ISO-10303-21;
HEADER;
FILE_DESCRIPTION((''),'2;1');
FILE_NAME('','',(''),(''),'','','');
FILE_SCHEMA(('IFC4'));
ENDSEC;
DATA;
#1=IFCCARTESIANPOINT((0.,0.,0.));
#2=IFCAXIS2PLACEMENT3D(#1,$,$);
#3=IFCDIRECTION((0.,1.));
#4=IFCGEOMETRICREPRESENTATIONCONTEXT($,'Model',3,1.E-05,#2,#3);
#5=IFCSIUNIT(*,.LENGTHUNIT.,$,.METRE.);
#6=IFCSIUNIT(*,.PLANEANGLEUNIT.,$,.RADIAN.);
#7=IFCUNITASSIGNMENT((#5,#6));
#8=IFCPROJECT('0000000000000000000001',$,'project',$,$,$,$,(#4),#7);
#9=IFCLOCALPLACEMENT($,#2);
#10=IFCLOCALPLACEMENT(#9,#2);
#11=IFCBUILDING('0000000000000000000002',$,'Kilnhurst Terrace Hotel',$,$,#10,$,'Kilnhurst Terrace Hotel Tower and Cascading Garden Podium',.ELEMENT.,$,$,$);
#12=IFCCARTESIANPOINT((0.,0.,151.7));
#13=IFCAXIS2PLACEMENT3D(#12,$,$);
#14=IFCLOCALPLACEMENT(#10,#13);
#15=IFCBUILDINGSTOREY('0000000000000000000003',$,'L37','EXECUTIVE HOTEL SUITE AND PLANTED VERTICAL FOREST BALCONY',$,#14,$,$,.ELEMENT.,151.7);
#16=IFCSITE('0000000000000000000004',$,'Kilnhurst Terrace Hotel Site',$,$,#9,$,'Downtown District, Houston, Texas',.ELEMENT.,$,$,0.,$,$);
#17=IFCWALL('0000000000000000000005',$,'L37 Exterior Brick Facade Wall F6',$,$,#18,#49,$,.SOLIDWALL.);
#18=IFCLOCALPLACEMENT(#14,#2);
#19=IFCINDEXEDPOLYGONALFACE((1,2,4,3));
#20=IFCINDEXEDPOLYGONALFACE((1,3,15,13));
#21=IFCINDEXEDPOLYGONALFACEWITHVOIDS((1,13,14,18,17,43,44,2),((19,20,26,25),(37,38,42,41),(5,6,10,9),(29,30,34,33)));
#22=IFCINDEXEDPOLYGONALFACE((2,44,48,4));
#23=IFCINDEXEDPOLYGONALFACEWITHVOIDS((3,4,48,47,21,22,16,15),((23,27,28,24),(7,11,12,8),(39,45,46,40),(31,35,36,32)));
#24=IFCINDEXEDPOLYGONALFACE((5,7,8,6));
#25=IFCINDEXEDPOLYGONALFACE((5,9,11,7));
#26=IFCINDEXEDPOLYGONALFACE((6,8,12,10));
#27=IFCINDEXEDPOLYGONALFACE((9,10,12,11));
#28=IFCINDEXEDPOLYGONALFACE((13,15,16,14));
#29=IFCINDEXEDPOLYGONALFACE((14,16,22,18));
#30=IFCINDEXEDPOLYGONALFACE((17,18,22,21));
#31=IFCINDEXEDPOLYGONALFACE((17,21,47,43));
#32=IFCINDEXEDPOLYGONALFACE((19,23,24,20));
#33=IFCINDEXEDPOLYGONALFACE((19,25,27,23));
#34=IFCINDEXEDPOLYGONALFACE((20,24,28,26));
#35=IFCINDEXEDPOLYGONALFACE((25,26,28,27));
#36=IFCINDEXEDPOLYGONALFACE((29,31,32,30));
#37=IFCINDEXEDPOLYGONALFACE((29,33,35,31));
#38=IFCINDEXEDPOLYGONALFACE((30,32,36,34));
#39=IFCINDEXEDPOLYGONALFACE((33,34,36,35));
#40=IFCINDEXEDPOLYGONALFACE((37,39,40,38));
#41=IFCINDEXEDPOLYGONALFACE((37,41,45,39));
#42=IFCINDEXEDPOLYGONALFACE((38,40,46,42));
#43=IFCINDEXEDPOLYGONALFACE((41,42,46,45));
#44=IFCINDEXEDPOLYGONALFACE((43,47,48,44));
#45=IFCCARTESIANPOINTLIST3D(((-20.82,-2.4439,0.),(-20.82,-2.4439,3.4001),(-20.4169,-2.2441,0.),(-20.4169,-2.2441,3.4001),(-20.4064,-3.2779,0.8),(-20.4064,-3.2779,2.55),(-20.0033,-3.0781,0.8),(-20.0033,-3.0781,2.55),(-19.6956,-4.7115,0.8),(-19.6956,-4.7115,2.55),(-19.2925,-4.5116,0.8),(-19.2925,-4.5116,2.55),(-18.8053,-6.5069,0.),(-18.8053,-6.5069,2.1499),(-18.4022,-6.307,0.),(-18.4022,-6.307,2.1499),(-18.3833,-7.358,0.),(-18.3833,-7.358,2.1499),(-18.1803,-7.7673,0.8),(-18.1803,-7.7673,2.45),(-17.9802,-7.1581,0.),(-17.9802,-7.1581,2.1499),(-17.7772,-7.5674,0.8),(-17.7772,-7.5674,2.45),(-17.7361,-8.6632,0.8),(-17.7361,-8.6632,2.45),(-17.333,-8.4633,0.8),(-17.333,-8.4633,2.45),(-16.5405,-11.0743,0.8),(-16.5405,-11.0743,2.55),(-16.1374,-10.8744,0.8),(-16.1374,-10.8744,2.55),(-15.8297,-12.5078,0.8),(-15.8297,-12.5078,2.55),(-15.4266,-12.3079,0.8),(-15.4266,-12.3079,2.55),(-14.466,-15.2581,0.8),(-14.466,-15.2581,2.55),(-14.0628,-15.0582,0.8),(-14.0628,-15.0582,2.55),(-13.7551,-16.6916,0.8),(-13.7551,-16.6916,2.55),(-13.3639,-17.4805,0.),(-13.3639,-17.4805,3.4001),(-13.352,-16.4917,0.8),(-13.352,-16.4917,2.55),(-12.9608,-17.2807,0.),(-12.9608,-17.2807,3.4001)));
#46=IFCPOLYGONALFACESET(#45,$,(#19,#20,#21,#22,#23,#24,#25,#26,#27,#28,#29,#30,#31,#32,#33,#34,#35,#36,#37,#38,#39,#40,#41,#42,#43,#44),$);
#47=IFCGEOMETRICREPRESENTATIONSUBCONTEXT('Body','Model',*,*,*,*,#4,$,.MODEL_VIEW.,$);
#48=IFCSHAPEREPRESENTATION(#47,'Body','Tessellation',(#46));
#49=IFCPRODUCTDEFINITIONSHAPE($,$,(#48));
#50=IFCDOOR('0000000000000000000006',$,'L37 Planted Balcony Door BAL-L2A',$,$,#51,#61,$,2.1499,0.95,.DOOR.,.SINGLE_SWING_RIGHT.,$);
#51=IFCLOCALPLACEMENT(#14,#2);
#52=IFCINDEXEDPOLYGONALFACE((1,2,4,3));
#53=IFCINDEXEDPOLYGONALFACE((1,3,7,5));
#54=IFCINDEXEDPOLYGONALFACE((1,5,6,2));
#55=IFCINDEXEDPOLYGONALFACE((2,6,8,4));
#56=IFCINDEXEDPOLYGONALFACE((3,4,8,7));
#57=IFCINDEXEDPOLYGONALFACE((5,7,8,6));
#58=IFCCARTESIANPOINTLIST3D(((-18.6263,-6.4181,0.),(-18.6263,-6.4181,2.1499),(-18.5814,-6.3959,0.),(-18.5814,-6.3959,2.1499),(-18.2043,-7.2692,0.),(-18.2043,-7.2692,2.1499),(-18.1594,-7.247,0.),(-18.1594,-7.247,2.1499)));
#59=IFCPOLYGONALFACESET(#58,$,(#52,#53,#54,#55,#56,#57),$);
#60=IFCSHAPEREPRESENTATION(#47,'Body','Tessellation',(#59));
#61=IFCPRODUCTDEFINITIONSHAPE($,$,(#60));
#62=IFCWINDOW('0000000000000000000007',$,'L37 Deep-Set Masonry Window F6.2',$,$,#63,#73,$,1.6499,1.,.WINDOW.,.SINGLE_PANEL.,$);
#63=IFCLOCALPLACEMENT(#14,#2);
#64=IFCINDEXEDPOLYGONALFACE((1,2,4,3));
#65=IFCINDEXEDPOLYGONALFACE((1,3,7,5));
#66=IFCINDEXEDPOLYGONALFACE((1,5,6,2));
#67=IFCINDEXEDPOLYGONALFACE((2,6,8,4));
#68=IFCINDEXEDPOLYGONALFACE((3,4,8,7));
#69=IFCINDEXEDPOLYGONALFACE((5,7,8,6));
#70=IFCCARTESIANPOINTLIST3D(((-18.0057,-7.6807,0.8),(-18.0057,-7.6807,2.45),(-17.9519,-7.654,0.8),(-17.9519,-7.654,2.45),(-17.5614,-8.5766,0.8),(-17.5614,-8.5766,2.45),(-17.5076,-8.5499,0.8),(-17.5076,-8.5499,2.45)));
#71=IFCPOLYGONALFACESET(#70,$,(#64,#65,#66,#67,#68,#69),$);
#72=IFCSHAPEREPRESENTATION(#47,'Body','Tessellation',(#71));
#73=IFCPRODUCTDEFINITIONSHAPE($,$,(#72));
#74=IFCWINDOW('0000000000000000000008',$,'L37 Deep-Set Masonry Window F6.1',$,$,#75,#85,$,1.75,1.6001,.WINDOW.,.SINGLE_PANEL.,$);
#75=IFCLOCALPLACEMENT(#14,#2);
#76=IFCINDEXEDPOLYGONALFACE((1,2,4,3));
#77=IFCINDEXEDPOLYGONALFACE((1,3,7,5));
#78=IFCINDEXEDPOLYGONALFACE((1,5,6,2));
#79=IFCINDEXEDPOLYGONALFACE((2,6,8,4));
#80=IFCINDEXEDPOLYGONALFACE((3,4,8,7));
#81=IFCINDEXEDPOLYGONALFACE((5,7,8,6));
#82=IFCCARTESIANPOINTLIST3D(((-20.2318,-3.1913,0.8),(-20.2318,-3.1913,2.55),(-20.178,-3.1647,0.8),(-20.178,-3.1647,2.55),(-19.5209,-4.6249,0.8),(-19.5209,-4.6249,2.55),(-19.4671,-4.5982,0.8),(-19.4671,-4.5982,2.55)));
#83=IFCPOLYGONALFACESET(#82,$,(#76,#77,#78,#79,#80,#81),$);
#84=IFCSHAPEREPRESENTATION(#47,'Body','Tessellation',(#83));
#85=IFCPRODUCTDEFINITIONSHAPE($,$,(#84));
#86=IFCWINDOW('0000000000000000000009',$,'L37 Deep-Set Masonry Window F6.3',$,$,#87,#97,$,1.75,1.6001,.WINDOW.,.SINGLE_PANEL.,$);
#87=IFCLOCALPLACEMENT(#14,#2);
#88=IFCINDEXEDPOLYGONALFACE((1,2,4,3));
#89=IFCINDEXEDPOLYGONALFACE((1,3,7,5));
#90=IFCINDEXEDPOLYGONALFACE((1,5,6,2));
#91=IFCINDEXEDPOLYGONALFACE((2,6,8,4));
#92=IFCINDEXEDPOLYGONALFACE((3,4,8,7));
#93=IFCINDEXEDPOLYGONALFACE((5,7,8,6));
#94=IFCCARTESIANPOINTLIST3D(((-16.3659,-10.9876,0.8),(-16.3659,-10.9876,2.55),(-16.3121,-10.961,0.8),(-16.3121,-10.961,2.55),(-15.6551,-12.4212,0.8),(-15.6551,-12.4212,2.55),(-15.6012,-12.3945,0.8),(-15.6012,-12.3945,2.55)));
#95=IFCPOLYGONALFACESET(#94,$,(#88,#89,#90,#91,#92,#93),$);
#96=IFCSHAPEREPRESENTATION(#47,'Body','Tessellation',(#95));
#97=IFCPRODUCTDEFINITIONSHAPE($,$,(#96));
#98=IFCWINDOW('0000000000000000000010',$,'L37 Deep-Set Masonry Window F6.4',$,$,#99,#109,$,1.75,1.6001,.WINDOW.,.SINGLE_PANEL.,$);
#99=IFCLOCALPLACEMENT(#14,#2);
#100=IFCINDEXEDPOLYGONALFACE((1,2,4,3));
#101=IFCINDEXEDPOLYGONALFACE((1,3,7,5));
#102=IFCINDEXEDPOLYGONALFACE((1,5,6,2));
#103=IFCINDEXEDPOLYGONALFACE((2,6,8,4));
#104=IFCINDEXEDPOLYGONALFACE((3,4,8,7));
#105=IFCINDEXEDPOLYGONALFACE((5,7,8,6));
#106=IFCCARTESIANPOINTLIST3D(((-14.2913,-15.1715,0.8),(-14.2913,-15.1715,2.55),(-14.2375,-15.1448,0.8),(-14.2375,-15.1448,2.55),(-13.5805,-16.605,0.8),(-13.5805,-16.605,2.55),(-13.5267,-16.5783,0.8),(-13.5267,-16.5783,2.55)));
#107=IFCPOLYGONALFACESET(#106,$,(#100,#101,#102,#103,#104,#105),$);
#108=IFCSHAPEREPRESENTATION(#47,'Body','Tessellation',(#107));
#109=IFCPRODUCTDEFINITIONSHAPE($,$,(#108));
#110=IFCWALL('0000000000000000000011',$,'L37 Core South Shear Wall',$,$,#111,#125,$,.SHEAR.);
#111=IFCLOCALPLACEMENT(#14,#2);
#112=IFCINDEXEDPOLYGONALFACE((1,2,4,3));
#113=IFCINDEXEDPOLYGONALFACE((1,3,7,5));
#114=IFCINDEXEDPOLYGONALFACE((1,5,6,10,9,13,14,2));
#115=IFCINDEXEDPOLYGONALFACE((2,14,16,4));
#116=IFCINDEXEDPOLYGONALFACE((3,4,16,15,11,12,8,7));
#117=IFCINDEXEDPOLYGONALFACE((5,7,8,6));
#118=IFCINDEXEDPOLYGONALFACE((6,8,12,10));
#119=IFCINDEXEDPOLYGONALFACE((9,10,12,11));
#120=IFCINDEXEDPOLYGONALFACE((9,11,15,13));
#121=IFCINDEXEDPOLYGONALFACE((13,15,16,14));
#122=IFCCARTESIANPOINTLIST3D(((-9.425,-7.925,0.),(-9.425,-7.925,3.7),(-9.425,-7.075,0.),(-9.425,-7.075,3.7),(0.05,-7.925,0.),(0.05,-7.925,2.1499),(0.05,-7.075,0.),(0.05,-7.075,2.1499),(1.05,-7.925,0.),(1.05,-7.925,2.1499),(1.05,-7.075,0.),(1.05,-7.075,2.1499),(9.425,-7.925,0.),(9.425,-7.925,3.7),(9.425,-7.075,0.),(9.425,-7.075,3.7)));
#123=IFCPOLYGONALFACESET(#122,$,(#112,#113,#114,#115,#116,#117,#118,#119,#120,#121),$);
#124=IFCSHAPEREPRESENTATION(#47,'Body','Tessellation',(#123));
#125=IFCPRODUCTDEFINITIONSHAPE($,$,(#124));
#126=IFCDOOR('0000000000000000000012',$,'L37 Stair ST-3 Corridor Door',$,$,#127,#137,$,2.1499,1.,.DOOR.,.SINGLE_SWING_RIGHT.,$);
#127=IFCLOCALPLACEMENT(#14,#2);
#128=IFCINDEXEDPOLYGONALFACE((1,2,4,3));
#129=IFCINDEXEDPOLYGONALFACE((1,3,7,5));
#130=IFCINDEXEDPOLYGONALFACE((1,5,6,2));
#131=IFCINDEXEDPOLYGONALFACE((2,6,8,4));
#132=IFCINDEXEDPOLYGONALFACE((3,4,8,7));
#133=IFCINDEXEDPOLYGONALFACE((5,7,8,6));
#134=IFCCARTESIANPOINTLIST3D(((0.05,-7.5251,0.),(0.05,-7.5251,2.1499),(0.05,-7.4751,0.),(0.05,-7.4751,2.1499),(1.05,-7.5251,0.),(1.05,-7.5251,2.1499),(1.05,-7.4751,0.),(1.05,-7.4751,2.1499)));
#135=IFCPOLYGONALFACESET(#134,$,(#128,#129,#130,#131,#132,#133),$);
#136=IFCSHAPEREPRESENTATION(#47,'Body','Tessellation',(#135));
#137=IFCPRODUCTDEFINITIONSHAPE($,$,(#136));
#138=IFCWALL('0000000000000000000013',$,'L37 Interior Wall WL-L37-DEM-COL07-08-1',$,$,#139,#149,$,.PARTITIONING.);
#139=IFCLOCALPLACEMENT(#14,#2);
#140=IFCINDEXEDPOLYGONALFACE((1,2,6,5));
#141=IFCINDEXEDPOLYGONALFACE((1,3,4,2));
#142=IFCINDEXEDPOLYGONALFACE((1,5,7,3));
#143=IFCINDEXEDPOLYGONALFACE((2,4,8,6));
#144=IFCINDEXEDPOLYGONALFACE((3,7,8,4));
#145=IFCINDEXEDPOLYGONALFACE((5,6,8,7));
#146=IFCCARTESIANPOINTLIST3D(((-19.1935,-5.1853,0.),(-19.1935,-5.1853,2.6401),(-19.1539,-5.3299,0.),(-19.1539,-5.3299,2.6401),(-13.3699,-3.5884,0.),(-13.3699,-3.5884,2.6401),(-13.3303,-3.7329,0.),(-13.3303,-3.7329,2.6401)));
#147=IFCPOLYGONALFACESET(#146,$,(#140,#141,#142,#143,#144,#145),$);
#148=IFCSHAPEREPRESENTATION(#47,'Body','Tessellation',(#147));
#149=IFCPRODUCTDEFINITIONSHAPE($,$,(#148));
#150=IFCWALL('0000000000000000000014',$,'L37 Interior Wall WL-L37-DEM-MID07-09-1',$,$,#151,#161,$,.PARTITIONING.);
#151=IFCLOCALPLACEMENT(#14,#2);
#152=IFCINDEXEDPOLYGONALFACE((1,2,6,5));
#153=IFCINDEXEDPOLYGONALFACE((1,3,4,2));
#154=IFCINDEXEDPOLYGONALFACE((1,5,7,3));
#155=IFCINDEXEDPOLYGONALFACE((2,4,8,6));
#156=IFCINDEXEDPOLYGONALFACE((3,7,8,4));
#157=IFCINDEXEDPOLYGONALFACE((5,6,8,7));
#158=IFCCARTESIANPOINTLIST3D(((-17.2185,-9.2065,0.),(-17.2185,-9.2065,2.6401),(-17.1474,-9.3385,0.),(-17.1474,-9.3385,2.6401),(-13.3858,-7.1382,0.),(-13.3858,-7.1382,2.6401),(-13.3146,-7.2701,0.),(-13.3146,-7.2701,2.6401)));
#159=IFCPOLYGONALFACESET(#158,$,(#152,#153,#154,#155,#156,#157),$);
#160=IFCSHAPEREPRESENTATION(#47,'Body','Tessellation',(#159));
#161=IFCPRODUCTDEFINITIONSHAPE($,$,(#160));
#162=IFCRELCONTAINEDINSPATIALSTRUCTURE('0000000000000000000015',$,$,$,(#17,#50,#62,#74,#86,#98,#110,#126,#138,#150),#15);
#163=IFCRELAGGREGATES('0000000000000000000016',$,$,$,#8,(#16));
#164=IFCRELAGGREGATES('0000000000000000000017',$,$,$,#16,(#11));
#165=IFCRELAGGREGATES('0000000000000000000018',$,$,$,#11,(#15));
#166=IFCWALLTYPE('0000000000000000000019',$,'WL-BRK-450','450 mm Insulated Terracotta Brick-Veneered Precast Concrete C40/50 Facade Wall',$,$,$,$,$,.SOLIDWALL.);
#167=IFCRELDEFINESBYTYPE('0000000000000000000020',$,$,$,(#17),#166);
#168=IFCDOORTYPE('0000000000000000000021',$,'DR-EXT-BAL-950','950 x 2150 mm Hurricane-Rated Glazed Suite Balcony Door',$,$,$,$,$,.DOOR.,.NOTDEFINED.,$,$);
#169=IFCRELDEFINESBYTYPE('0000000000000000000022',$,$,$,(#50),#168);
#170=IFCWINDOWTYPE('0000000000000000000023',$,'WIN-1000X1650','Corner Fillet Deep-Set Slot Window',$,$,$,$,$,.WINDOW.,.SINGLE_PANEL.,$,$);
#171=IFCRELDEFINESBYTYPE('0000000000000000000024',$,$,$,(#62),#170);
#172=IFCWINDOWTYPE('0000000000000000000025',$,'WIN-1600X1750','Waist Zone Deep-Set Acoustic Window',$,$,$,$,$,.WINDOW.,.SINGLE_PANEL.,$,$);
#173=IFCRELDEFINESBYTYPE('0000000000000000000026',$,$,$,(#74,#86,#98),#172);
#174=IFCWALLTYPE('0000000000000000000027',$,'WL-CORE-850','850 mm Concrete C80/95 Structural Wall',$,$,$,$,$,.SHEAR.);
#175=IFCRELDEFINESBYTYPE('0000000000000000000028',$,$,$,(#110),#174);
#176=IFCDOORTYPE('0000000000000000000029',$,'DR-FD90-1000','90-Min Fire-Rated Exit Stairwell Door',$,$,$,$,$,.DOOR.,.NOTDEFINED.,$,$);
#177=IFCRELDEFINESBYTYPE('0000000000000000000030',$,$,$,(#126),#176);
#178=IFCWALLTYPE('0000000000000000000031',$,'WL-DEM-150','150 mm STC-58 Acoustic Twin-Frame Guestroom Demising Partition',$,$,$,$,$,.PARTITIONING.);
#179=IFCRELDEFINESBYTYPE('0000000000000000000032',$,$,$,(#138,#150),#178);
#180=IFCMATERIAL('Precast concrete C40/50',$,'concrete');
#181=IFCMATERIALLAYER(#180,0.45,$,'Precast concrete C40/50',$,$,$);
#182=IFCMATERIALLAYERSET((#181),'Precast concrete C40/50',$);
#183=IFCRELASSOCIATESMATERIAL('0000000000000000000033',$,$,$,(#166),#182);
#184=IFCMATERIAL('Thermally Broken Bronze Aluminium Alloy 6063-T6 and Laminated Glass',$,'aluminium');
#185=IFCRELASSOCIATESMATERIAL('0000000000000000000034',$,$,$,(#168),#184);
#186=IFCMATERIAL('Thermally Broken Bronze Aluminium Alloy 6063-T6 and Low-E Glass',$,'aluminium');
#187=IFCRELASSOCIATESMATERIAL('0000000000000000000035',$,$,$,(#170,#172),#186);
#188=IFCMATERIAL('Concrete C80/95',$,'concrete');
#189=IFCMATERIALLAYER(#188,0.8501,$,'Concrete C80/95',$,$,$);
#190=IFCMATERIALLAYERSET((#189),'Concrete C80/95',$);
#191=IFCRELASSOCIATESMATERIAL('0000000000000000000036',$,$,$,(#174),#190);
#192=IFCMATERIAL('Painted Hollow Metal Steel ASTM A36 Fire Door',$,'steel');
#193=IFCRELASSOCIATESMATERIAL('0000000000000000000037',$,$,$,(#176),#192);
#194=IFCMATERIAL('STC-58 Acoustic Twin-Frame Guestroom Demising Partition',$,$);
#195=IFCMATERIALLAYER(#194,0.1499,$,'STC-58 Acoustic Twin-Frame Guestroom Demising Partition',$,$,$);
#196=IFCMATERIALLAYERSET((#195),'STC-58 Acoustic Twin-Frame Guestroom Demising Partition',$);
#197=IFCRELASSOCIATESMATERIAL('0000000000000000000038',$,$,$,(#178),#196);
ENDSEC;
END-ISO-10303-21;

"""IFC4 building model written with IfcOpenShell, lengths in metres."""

from ifc_helpers import new_model, si_unit, direction, frame, frame_2d, origin, place, context, subcontext, project, spatial, rectangle, extrude, material, layer, layer_set, type_object, element, fill, save


model = new_model("IFC4")

# Units and contexts
model_context = context("Model", 3, precision=1e-05, world=origin(), true_north=direction((0.0, 1.0)))
body_context = subcontext(model_context, "Body", "Model", "MODEL_VIEW")
ifc_project = project(units=[si_unit("LENGTHUNIT", "METRE"), si_unit("PLANEANGLEUNIT", "RADIAN")], contexts=[model_context])

# Site, building, storey
site_placement = place(None, origin())
site = spatial("IfcSite", under=ifc_project, at=site_placement, Name="Kilnhurst Terrace Hotel Site", LongName="Downtown District, Houston, Texas", CompositionType="ELEMENT", RefElevation=0.0)
building_placement = place(site_placement, origin())
building = spatial("IfcBuilding", under=site, at=building_placement, Name="Kilnhurst Terrace Hotel", LongName="Kilnhurst Terrace Hotel Tower and Cascading Garden Podium", CompositionType="ELEMENT")
storey_placement = place(building_placement, frame((0.0, 0.0, 151.7)))
storey = spatial("IfcBuildingStorey", under=building, at=storey_placement, Name="L37", Description="EXECUTIVE HOTEL SUITE AND PLANTED VERTICAL FOREST BALCONY", CompositionType="ELEMENT", Elevation=151.7)

# Shared definitions
ifc_material_1 = material(Name="Concrete C80/95", Category="concrete")

# Shared definitions
ifc_material_2 = material(Name="Precast concrete C40/50", Category="concrete")
ifc_layer_1 = layer(ifc_material_2, 0.45, Name="Precast concrete C40/50")
ifc_layer_set_1 = layer_set([ifc_layer_1], Name="Precast concrete C40/50")
wall_type_1 = type_object("IfcWallType", Name="WL-BRK-450", Description="450 mm Insulated Terracotta Brick-Veneered Precast Concrete C40/50 Facade Wall", PredefinedType="SOLIDWALL", material=ifc_layer_set_1)

# Wall, openings, door, windows
wall_1_placement = place(storey_placement, frame((-20.6184, -2.344, 0.0), z_axis=(0.0, 0.0, 1.0), x_axis=(0.444244, -0.895906, 0.0)))
wall_1 = element("IfcWall", 1, at=wall_1_placement, inside=storey, type_object=wall_type_1, Name="L37 Exterior Brick Facade Wall F6", PredefinedType="SOLIDWALL", context=body_context, shape_type="SweptSolid", body=[
    extrude(rectangle(XDim=16.7837, YDim=0.45, at=frame_2d((8.3918, 0.0))), origin(), (0.0, 0.0, 1.0), 3.4001),
])
opening_1_placement = place(wall_1_placement, frame((4.5349, 0.0, 0.0)))
opening_1 = element("IfcOpeningElement", 2, at=opening_1_placement, cuts=wall_1, PredefinedType="OPENING", context=body_context, shape_type="SweptSolid", body=[
    extrude(rectangle(XDim=0.95, YDim=2.1499, at=frame_2d((0.4751, 1.075))), frame((0.0, 0.2349, 0.0), z_axis=(0.0, -1.0, 0.0), x_axis=(1.0, 0.0, 0.0)), (0.0, 0.0, 1.0), 0.47),
])
opening_2_placement = place(wall_1_placement, frame((0.9309, 0.0, 0.8)))
opening_2 = element("IfcOpeningElement", 3, at=opening_2_placement, cuts=wall_1, PredefinedType="OPENING", context=body_context, shape_type="SweptSolid", body=[
    extrude(rectangle(XDim=1.6001, YDim=1.75, at=frame_2d((0.8, 0.875))), frame((0.0, 0.2349, 0.0), z_axis=(0.0, -1.0, 0.0), x_axis=(1.0, 0.0, 0.0)), (0.0, 0.0, 1.0), 0.47),
])
opening_3_placement = place(wall_1_placement, frame((5.9419, 0.0, 0.8)))
opening_3 = element("IfcOpeningElement", 4, at=opening_3_placement, cuts=wall_1, PredefinedType="OPENING", context=body_context, shape_type="SweptSolid", body=[
    extrude(rectangle(XDim=1.0, YDim=1.6499, at=frame_2d((0.5, 0.825))), frame((0.0, 0.2349, 0.0), z_axis=(0.0, -1.0, 0.0), x_axis=(1.0, 0.0, 0.0)), (0.0, 0.0, 1.0), 0.47),
])
opening_4_placement = place(wall_1_placement, frame((9.6331, 0.0, 0.8)))
opening_4 = element("IfcOpeningElement", 5, at=opening_4_placement, cuts=wall_1, PredefinedType="OPENING", context=body_context, shape_type="SweptSolid", body=[
    extrude(rectangle(XDim=1.6001, YDim=1.75, at=frame_2d((0.8, 0.875))), frame((0.0, 0.2349, 0.0), z_axis=(0.0, -1.0, 0.0), x_axis=(1.0, 0.0, 0.0)), (0.0, 0.0, 1.0), 0.47),
])
opening_5_placement = place(wall_1_placement, frame((14.303, 0.0, 0.8)))
opening_5 = element("IfcOpeningElement", 6, at=opening_5_placement, cuts=wall_1, PredefinedType="OPENING", context=body_context, shape_type="SweptSolid", body=[
    extrude(rectangle(XDim=1.6001, YDim=1.75, at=frame_2d((0.8, 0.875))), frame((0.0, 0.2349, 0.0), z_axis=(0.0, -1.0, 0.0), x_axis=(1.0, 0.0, 0.0)), (0.0, 0.0, 1.0), 0.47),
])
ifc_material_3 = material(Name="Thermally Broken Bronze Aluminium Alloy 6063-T6 and Laminated Glass", Category="aluminium")
door_type_1 = type_object("IfcDoorType", Name="DR-EXT-BAL-950", Description="950 x 2150 mm Hurricane-Rated Glazed Suite Balcony Door", OperationType="NOTDEFINED", PredefinedType="DOOR", material=ifc_material_3)
door_1_placement = place(opening_1_placement, origin())
door_1 = element("IfcDoor", 7, at=door_1_placement, inside=storey, type_object=door_type_1, Name="L37 Planted Balcony Door BAL-L2A", OperationType="SINGLE_SWING_RIGHT", OverallHeight=2.1499, OverallWidth=0.95, PredefinedType="DOOR", context=body_context, shape_type="SweptSolid", body=[
    extrude(rectangle(XDim=0.95, YDim=2.1499, at=frame_2d((0.4751, 1.075))), frame((0.0, 0.0249, 0.0), z_axis=(0.0, -1.0, 0.0), x_axis=(1.0, 0.0, 0.0)), (0.0, 0.0, 1.0), 0.05),
])
fill(opening_1, door_1)
ifc_material_4 = material(Name="Thermally Broken Bronze Aluminium Alloy 6063-T6 and Low-E Glass", Category="aluminium")
window_type_1 = type_object("IfcWindowType", Name="WIN-1000X1650", Description="Corner Fillet Deep-Set Slot Window", PartitioningType="SINGLE_PANEL", PredefinedType="WINDOW", material=ifc_material_4)
window_1_placement = place(opening_3_placement, origin())
window_1 = element("IfcWindow", 8, at=window_1_placement, inside=storey, type_object=window_type_1, Name="L37 Deep-Set Masonry Window F6.2", OverallHeight=1.6499, OverallWidth=1.0, PartitioningType="SINGLE_PANEL", PredefinedType="WINDOW", context=body_context, shape_type="SweptSolid", body=[
    extrude(rectangle(XDim=1.0, YDim=1.6499, at=frame_2d((0.5, 0.825))), frame((0.0, 0.03, 0.0), z_axis=(0.0, -1.0, 0.0), x_axis=(1.0, 0.0, 0.0)), (0.0, 0.0, 1.0), 0.0601),
])
fill(opening_3, window_1)
window_type_2 = type_object("IfcWindowType", Name="WIN-1600X1750", Description="Waist Zone Deep-Set Acoustic Window", PartitioningType="SINGLE_PANEL", PredefinedType="WINDOW", material=ifc_material_4)
window_2_placement = place(opening_2_placement, origin())
window_2 = element("IfcWindow", 9, at=window_2_placement, inside=storey, type_object=window_type_2, Name="L37 Deep-Set Masonry Window F6.1", OverallHeight=1.75, OverallWidth=1.6001, PartitioningType="SINGLE_PANEL", PredefinedType="WINDOW", context=body_context, shape_type="SweptSolid", body=[
    extrude(rectangle(XDim=1.6001, YDim=1.75, at=frame_2d((0.8, 0.875))), frame((0.0, 0.03, 0.0), z_axis=(0.0, -1.0, 0.0), x_axis=(1.0, 0.0, 0.0)), (0.0, 0.0, 1.0), 0.0601),
])
fill(opening_2, window_2)
window_3_placement = place(opening_4_placement, origin())
window_3 = element("IfcWindow", 10, at=window_3_placement, inside=storey, type_object=window_type_2, Name="L37 Deep-Set Masonry Window F6.3", OverallHeight=1.75, OverallWidth=1.6001, PartitioningType="SINGLE_PANEL", PredefinedType="WINDOW", context=body_context, shape_type="SweptSolid", body=[
    extrude(rectangle(XDim=1.6001, YDim=1.75, at=frame_2d((0.8, 0.875))), frame((0.0, 0.03, 0.0), z_axis=(0.0, -1.0, 0.0), x_axis=(1.0, 0.0, 0.0)), (0.0, 0.0, 1.0), 0.0601),
])
fill(opening_4, window_3)
window_4_placement = place(opening_5_placement, origin())
window_4 = element("IfcWindow", 11, at=window_4_placement, inside=storey, type_object=window_type_2, Name="L37 Deep-Set Masonry Window F6.4", OverallHeight=1.75, OverallWidth=1.6001, PartitioningType="SINGLE_PANEL", PredefinedType="WINDOW", context=body_context, shape_type="SweptSolid", body=[
    extrude(rectangle(XDim=1.6001, YDim=1.75, at=frame_2d((0.8, 0.875))), frame((0.0, 0.03, 0.0), z_axis=(0.0, -1.0, 0.0), x_axis=(1.0, 0.0, 0.0)), (0.0, 0.0, 1.0), 0.0601),
])
fill(opening_5, window_4)

# Wall, opening, door
ifc_layer_2 = layer(ifc_material_1, 0.8501, Name="Concrete C80/95")
ifc_layer_set_2 = layer_set([ifc_layer_2], Name="Concrete C80/95")
wall_type_2 = type_object("IfcWallType", Name="WL-CORE-850", Description="850 mm Concrete C80/95 Structural Wall", PredefinedType="SHEAR", material=ifc_layer_set_2)
wall_2_placement = place(storey_placement, frame((-9.425, -7.5, 0.0), z_axis=(0.0, 0.0, 1.0), x_axis=(1.0, 0.0, 0.0)))
wall_2 = element("IfcWall", 12, at=wall_2_placement, inside=storey, type_object=wall_type_2, Name="L37 Core South Shear Wall", PredefinedType="SHEAR", context=body_context, shape_type="SweptSolid", body=[
    extrude(rectangle(XDim=18.8501, YDim=0.8501, at=frame_2d((9.425, 0.0))), origin(), (0.0, 0.0, 1.0), 3.7),
])
opening_6_placement = place(wall_2_placement, frame((9.4751, 0.0, 0.0)))
opening_6 = element("IfcOpeningElement", 13, at=opening_6_placement, cuts=wall_2, PredefinedType="OPENING", context=body_context, shape_type="SweptSolid", body=[
    extrude(rectangle(XDim=1.0, YDim=2.1499, at=frame_2d((0.5, 1.075))), frame((0.0, 0.4351, 0.0), z_axis=(0.0, -1.0, 0.0), x_axis=(1.0, 0.0, 0.0)), (0.0, 0.0, 1.0), 0.8701),
])
ifc_material_5 = material(Name="Painted Hollow Metal Steel ASTM A36 Fire Door", Category="steel")
door_type_2 = type_object("IfcDoorType", Name="DR-FD90-1000", Description="90-Min Fire-Rated Exit Stairwell Door", OperationType="NOTDEFINED", PredefinedType="DOOR", material=ifc_material_5)
door_2_placement = place(opening_6_placement, origin())
door_2 = element("IfcDoor", 14, at=door_2_placement, inside=storey, type_object=door_type_2, Name="L37 Stair ST-3 Corridor Door", OperationType="SINGLE_SWING_RIGHT", OverallHeight=2.1499, OverallWidth=1.0, PredefinedType="DOOR", context=body_context, shape_type="SweptSolid", body=[
    extrude(rectangle(XDim=1.0, YDim=2.1499, at=frame_2d((0.5, 1.075))), frame((0.0, 0.0249, 0.0), z_axis=(0.0, -1.0, 0.0), x_axis=(1.0, 0.0, 0.0)), (0.0, 0.0, 1.0), 0.05),
])
fill(opening_6, door_2)

# Walls
ifc_material_6 = material(Name="STC-58 Acoustic Twin-Frame Guestroom Demising Partition")
ifc_layer_3 = layer(ifc_material_6, 0.1499, Name="STC-58 Acoustic Twin-Frame Guestroom Demising Partition")
ifc_layer_set_3 = layer_set([ifc_layer_3], Name="STC-58 Acoustic Twin-Frame Guestroom Demising Partition")
wall_type_3 = type_object("IfcWallType", Name="WL-DEM-150", Description="150 mm STC-58 Acoustic Twin-Frame Guestroom Demising Partition", PredefinedType="PARTITIONING", material=ifc_layer_set_3)
wall_3_placement = place(storey_placement, frame((-13.3501, -3.6606, 0.0), z_axis=(0.0, 0.0, 1.0), x_axis=(-0.964397, -0.264458, 0.0)))
element("IfcWall", 15, at=wall_3_placement, inside=storey, type_object=wall_type_3, Name="L37 Interior Wall WL-L37-DEM-COL07-08-1", PredefinedType="PARTITIONING", context=body_context, shape_type="SweptSolid", body=[
    extrude(rectangle(XDim=6.0386, YDim=0.1499, at=frame_2d((3.0193, 0.0))), origin(), (0.0, 0.0, 1.0), 2.6401),
])
wall_4_placement = place(storey_placement, frame((-13.3501, -7.2041, 0.0), z_axis=(0.0, 0.0, 1.0), x_axis=(-0.880033, -0.474912, 0.0)))
element("IfcWall", 16, at=wall_4_placement, inside=storey, type_object=wall_type_3, Name="L37 Interior Wall WL-L37-DEM-MID07-09-1", PredefinedType="PARTITIONING", context=body_context, shape_type="SweptSolid", body=[
    extrude(rectangle(XDim=4.3552, YDim=0.1499, at=frame_2d((2.1777, 0.0))), origin(), (0.0, 0.0, 1.0), 2.6401),
])

save(model, "model.ifc")
